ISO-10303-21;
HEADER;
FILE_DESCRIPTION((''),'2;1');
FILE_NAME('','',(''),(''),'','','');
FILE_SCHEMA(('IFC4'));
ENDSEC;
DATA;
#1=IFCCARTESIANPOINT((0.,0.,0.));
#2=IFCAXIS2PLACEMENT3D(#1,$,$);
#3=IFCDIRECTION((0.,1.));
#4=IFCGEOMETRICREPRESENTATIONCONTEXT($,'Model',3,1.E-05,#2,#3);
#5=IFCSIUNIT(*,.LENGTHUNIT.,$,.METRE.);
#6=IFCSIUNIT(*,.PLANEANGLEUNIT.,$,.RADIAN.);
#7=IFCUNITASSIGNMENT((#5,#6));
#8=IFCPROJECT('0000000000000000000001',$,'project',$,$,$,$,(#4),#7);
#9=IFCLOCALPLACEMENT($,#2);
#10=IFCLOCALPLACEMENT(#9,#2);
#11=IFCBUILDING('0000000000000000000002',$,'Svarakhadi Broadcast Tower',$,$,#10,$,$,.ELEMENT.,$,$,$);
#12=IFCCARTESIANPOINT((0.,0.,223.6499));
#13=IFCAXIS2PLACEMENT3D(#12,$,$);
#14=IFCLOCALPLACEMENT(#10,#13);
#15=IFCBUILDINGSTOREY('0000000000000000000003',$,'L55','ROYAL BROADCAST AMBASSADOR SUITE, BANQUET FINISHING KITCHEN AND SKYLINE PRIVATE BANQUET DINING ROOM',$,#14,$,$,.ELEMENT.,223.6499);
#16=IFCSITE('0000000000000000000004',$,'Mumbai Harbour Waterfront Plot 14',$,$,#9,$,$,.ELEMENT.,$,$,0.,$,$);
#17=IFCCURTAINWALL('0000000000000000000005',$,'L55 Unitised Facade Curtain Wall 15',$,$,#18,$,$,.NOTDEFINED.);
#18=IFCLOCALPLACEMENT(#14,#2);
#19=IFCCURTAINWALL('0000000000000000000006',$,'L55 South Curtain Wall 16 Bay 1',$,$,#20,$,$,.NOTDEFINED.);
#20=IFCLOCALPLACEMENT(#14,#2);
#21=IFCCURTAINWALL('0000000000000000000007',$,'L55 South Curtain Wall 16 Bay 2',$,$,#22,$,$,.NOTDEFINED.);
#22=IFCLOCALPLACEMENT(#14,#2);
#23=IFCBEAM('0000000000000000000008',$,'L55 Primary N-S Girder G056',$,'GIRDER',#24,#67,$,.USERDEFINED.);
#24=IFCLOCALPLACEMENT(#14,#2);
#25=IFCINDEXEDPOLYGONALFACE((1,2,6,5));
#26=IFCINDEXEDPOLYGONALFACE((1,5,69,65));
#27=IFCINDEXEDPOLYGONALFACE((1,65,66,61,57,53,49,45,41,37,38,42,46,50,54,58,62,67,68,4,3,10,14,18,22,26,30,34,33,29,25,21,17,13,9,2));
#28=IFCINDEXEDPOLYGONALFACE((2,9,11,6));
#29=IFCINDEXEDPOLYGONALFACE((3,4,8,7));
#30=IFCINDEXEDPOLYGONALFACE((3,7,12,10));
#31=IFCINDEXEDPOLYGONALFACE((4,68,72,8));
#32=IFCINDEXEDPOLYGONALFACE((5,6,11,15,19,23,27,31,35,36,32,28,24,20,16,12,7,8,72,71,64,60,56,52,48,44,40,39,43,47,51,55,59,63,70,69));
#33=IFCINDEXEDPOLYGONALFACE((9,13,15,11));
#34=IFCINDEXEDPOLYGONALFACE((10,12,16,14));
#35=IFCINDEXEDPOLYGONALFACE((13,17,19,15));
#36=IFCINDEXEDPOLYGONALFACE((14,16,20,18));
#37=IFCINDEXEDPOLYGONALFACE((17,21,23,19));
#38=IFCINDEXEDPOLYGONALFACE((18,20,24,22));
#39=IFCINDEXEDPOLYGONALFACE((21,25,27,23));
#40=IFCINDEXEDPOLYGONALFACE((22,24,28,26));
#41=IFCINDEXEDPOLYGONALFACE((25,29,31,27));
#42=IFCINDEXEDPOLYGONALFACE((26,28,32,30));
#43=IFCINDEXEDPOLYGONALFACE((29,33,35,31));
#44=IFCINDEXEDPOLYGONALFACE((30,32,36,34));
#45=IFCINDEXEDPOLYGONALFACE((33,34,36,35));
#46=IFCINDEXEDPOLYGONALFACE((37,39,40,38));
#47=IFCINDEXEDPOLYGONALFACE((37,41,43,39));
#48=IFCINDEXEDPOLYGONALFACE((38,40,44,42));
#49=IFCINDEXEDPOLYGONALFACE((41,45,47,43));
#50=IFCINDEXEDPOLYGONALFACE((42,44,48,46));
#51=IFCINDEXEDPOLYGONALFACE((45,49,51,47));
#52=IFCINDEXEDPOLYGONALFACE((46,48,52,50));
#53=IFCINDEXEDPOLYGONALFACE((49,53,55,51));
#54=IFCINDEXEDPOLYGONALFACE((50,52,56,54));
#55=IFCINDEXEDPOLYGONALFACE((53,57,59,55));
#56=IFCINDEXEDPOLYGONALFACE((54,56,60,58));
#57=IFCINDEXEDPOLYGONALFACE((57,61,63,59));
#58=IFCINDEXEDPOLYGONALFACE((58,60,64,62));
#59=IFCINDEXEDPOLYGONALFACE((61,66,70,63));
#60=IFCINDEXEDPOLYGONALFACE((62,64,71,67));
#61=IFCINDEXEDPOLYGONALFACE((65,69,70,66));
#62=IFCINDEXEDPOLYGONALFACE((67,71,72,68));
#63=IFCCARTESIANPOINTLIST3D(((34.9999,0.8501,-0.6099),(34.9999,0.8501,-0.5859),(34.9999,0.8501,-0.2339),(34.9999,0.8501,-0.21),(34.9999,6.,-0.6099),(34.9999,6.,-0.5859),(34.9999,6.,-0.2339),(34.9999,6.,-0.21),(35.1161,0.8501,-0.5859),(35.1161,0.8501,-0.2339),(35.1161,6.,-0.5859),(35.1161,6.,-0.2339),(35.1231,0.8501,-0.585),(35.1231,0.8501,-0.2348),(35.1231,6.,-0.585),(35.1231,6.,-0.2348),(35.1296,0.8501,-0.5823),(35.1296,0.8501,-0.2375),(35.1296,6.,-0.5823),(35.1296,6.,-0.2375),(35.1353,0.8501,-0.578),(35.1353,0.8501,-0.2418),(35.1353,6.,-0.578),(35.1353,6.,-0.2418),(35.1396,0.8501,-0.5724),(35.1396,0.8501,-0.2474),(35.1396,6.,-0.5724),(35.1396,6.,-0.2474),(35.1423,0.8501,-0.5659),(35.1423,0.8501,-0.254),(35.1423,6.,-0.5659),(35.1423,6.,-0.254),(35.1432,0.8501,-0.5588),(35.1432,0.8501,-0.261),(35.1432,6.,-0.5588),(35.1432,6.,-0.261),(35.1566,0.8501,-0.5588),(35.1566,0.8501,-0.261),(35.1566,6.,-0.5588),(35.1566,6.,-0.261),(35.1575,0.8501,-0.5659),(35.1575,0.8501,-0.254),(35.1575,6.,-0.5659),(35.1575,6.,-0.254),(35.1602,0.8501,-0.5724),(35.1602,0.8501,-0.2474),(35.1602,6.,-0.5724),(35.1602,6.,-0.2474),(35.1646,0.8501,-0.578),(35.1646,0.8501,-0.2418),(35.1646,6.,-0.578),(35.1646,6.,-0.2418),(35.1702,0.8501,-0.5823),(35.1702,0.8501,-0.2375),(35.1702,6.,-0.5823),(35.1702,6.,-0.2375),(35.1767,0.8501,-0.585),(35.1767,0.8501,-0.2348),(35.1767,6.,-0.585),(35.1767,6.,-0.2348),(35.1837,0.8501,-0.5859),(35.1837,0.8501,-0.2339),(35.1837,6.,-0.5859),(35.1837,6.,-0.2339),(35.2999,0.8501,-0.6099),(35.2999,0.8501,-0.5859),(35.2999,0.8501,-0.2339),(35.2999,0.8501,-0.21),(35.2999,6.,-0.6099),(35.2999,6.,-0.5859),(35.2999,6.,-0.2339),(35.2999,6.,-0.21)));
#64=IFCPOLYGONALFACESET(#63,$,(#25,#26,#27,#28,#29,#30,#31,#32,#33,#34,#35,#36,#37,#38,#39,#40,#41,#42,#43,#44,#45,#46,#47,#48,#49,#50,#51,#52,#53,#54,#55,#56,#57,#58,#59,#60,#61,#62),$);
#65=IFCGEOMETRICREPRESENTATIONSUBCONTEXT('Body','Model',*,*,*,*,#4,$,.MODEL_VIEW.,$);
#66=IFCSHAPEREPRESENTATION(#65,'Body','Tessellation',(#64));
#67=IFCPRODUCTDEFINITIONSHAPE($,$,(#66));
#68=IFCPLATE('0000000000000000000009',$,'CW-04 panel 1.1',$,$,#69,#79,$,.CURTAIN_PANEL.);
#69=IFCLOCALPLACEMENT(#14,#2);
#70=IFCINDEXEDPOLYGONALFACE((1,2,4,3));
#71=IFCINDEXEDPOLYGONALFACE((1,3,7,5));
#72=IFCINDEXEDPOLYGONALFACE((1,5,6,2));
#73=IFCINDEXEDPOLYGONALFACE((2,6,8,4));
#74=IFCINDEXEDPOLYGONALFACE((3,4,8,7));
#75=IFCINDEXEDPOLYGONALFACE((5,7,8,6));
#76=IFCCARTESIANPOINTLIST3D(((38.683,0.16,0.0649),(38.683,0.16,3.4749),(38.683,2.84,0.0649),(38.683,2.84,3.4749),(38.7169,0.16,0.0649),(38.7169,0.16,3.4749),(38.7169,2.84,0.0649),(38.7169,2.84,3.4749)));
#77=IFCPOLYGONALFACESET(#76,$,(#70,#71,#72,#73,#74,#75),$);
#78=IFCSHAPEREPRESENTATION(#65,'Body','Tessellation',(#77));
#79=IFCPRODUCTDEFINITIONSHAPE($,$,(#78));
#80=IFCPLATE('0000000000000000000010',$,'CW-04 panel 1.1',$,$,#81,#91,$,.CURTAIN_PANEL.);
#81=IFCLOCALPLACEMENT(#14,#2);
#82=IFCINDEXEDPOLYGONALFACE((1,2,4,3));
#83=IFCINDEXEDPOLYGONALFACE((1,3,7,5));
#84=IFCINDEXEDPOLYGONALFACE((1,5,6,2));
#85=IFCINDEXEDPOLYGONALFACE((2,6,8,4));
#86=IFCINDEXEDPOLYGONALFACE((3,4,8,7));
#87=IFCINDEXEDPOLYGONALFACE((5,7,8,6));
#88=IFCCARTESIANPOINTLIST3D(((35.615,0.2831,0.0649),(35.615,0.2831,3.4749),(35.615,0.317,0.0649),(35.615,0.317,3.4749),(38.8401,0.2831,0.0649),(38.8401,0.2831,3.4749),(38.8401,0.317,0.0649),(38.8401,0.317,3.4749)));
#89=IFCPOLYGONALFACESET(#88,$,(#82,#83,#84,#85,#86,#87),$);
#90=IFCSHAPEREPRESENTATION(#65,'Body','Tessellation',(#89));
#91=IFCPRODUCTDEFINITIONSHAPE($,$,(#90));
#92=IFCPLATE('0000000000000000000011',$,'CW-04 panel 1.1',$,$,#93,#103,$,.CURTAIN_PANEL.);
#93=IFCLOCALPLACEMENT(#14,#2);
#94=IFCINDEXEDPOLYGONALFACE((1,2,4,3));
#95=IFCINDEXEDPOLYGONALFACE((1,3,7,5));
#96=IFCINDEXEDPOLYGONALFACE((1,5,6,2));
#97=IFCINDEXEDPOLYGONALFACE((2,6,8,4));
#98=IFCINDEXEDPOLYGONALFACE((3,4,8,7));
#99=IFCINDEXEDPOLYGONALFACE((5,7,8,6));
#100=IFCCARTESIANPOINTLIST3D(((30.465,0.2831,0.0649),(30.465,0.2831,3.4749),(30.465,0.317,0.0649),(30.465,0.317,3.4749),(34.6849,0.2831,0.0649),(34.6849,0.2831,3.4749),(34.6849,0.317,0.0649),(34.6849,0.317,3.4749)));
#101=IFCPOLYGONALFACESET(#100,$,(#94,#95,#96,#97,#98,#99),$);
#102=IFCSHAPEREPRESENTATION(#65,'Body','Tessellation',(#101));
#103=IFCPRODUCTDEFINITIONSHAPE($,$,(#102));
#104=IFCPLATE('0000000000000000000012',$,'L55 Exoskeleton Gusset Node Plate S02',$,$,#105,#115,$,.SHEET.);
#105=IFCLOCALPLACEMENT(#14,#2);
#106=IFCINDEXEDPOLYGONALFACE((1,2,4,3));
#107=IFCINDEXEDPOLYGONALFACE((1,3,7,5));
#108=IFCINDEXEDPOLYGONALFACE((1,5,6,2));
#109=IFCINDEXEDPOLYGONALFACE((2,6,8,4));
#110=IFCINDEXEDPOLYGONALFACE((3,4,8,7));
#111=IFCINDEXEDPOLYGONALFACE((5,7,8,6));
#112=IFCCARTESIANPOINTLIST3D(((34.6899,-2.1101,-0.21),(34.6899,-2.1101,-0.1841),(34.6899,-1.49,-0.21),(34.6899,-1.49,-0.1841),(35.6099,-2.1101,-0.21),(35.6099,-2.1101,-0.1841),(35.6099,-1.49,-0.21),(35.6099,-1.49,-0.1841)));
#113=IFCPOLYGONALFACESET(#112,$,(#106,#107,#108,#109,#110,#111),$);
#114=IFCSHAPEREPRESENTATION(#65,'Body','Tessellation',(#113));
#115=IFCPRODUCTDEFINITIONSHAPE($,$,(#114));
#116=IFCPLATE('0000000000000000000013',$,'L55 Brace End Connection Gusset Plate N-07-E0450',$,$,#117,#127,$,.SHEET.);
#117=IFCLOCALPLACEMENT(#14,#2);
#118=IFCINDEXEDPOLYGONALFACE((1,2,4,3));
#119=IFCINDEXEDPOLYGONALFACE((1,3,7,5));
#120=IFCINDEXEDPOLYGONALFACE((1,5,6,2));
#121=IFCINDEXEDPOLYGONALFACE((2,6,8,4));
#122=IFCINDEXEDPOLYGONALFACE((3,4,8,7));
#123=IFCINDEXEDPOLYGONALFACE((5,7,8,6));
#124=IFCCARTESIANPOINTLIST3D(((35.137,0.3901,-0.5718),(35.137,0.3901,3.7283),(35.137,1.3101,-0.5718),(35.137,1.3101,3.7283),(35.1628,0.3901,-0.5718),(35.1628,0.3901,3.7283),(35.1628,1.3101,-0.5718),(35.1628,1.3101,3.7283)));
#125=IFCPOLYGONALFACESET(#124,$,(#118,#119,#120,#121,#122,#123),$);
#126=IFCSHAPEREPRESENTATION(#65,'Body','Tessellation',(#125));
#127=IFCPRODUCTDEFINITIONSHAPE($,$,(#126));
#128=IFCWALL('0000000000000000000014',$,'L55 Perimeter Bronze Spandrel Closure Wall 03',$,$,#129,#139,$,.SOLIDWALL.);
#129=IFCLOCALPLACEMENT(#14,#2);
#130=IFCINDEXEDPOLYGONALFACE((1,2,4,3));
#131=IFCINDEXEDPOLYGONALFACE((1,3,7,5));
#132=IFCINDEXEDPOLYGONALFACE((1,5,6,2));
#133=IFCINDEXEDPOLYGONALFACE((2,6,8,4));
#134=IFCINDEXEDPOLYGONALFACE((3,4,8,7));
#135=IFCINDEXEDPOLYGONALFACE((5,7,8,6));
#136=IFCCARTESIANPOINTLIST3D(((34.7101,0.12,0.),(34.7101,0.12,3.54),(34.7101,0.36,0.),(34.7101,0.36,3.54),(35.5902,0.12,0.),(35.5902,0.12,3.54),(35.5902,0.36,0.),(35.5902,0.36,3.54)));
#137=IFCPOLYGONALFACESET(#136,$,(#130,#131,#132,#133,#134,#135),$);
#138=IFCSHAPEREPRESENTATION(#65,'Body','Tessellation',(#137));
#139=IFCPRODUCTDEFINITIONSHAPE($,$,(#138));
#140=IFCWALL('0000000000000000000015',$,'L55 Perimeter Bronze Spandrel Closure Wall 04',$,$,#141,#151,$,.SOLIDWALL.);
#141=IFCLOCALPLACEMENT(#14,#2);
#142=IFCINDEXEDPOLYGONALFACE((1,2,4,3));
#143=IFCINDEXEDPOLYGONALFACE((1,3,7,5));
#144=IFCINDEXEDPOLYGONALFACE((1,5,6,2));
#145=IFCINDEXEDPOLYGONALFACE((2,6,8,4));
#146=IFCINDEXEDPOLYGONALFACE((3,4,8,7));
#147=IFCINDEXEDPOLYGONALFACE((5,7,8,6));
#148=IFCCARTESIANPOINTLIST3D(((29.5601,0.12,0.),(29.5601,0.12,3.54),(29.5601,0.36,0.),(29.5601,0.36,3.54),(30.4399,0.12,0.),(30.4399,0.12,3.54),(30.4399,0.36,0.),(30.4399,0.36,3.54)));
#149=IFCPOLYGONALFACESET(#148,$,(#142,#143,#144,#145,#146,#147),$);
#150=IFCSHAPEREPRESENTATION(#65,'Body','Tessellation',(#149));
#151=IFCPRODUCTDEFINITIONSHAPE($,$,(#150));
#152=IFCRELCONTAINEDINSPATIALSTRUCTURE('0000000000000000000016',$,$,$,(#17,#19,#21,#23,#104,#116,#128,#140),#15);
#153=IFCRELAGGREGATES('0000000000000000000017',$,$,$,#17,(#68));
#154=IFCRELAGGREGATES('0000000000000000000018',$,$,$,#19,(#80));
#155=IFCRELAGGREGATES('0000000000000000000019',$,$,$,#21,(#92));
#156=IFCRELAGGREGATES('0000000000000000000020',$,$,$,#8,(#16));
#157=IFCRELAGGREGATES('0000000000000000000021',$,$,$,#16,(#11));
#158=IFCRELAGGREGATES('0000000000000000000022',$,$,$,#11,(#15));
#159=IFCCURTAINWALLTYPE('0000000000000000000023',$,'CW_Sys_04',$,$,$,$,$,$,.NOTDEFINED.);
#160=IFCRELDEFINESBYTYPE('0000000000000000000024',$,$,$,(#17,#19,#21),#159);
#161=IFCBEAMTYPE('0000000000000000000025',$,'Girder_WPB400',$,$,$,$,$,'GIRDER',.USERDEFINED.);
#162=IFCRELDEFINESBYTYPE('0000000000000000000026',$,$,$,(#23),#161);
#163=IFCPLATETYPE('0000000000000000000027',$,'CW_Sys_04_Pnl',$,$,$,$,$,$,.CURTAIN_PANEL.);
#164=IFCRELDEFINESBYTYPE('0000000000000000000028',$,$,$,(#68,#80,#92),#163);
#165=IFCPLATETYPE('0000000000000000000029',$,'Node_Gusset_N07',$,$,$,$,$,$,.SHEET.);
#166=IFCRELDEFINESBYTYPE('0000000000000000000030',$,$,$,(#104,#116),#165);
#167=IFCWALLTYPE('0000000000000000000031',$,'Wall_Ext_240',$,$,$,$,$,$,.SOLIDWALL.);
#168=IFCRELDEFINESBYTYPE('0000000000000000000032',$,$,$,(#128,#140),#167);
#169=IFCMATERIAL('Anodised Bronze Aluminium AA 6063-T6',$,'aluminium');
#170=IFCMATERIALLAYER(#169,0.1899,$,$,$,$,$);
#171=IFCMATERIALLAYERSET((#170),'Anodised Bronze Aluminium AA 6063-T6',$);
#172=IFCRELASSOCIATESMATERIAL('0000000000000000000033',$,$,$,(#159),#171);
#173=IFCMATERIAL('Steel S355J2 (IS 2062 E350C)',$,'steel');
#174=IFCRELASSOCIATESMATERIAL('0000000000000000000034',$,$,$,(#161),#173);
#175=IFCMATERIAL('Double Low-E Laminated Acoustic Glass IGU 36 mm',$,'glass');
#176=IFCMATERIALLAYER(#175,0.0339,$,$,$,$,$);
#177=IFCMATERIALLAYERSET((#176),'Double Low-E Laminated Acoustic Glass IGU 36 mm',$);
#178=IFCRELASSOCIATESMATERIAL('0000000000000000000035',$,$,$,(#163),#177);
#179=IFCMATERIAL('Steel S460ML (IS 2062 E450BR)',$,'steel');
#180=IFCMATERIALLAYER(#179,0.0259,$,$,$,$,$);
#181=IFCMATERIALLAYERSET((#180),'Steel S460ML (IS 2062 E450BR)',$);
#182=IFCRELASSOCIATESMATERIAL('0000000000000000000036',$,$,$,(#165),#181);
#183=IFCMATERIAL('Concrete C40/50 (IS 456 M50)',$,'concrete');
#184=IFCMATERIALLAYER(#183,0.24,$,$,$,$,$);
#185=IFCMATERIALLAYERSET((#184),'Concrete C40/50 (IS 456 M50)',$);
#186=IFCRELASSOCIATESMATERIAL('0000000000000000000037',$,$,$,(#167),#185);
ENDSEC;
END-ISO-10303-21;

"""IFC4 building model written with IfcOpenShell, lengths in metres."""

from ifc_helpers import new_model, si_unit, direction, frame, frame_2d, origin, origin_2d, place, context, subcontext, project, spatial, rectangle, i_section, extrude, material, layer, layer_set, material_profile, profile_set, type_object, element, aggregate, save


model = new_model("IFC4")

# Units and contexts
model_context = context("Model", 3, precision=1e-05, world=origin(), true_north=direction((0.0, 1.0)))
body_context = subcontext(model_context, "Body", "Model", "MODEL_VIEW")
ifc_project = project(units=[si_unit("LENGTHUNIT", "METRE"), si_unit("PLANEANGLEUNIT", "RADIAN")], contexts=[model_context])

# Site, building, storey
site_placement = place(None, origin())
site = spatial("IfcSite", under=ifc_project, at=site_placement, Name="Mumbai Harbour Waterfront Plot 14", CompositionType="ELEMENT", RefElevation=0.0)
building_placement = place(site_placement, origin())
building = spatial("IfcBuilding", under=site, at=building_placement, Name="Svarakhadi Broadcast Tower", CompositionType="ELEMENT")
storey_placement = place(building_placement, frame((0.0, 0.0, 223.6499)))
storey = spatial("IfcBuildingStorey", under=building, at=storey_placement, Name="L55", Description="ROYAL BROADCAST AMBASSADOR SUITE, BANQUET FINISHING KITCHEN AND SKYLINE PRIVATE BANQUET DINING ROOM", CompositionType="ELEMENT", Elevation=223.6499)

# Shared definitions
ifc_material_1 = material(Name="Anodised Bronze Aluminium AA 6063-T6", Category="aluminium")
ifc_layer_1 = layer(ifc_material_1, 0.1899)
ifc_layer_set_1 = layer_set([ifc_layer_1], Name="Anodised Bronze Aluminium AA 6063-T6")
curtain_wall_type = type_object("IfcCurtainWallType", Name="CW_Sys_04", PredefinedType="NOTDEFINED", material=ifc_layer_set_1)

# Curtain walls
curtain_wall_1_placement = place(storey_placement, origin())
curtain_wall_1 = element("IfcCurtainWall", 1, at=curtain_wall_1_placement, inside=storey, type_object=curtain_wall_type, Name="L55 Unitised Facade Curtain Wall 15", PredefinedType="NOTDEFINED")
curtain_wall_2_placement = place(storey_placement, origin())
curtain_wall_2 = element("IfcCurtainWall", 2, at=curtain_wall_2_placement, inside=storey, type_object=curtain_wall_type, Name="L55 South Curtain Wall 16 Bay 1", PredefinedType="NOTDEFINED")
curtain_wall_3_placement = place(storey_placement, origin())
curtain_wall_3 = element("IfcCurtainWall", 3, at=curtain_wall_3_placement, inside=storey, type_object=curtain_wall_type, Name="L55 South Curtain Wall 16 Bay 2", PredefinedType="NOTDEFINED")

# Shared definitions
ifc_material_2 = material(Name="Steel S460ML (IS 2062 E450BR)", Category="steel")

# Beam
ifc_material_3 = material(Name="Steel S355J2 (IS 2062 E350C)", Category="steel")
ifc_material_profile_1 = material_profile(ifc_material_3, i_section(OverallWidth=0.3, OverallDepth=0.3999, WebThickness=0.0134, FlangeThickness=0.0239, FilletRadius=0.0271, at=origin_2d()), Name="WPB 400x300x155")
ifc_profile_set_1 = profile_set([ifc_material_profile_1], Name="Steel S355J2 (IS 2062 E350C)")
beam_type = type_object("IfcBeamType", Name="Girder_WPB400", ElementType="GIRDER", PredefinedType="USERDEFINED", material=ifc_profile_set_1)
beam_placement = place(storey_placement, frame((35.1499, 0.8501, -0.4099), z_axis=(0.0, 1.0, 0.0), x_axis=(-1.0, 0.0, 0.0)))
element("IfcBeam", 4, at=beam_placement, inside=storey, type_object=beam_type, Name="L55 Primary N-S Girder G056", ObjectType="GIRDER", PredefinedType="USERDEFINED", context=body_context, shape_type="SweptSolid", body=[
    extrude(i_section(OverallWidth=0.3, OverallDepth=0.3999, WebThickness=0.0134, FlangeThickness=0.0239, FilletRadius=0.0271, at=origin_2d()), origin(), (0.0, 0.0, 1.0), 5.1499),
])

# Plates
ifc_material_4 = material(Name="Double Low-E Laminated Acoustic Glass IGU 36 mm", Category="glass")
ifc_layer_2 = layer(ifc_material_4, 0.0339)
ifc_layer_set_2 = layer_set([ifc_layer_2], Name="Double Low-E Laminated Acoustic Glass IGU 36 mm")
plate_type_1 = type_object("IfcPlateType", Name="CW_Sys_04_Pnl", PredefinedType="CURTAIN_PANEL", material=ifc_layer_set_2)
plate_1_placement = place(storey_placement, frame((38.7, 1.5, 0.0649), z_axis=(0.0, 0.0, 1.0), x_axis=(0.0, -1.0, 0.0)))
plate_1 = element("IfcPlate", 5, at=plate_1_placement, type_object=plate_type_1, Name="CW-04 panel 1.1", PredefinedType="CURTAIN_PANEL", context=body_context, shape_type="SweptSolid", body=[
    extrude(rectangle(XDim=2.6799, YDim=0.0339, at=origin_2d()), origin(), (0.0, 0.0, 1.0), 3.4099),
])
aggregate(curtain_wall_1, [plate_1])
plate_2_placement = place(storey_placement, frame((37.2275, 0.3, 0.0649), z_axis=(0.0, 0.0, 1.0), x_axis=(-1.0, 0.0, 0.0)))
plate_2 = element("IfcPlate", 6, at=plate_2_placement, type_object=plate_type_1, Name="CW-04 panel 1.1", PredefinedType="CURTAIN_PANEL", context=body_context, shape_type="SweptSolid", body=[
    extrude(rectangle(XDim=3.2251, YDim=0.0339, at=origin_2d()), origin(), (0.0, 0.0, 1.0), 3.4099),
])
aggregate(curtain_wall_2, [plate_2])
plate_3_placement = place(storey_placement, frame((32.575, 0.3, 0.0649), z_axis=(0.0, 0.0, 1.0), x_axis=(-1.0, 0.0, 0.0)))
plate_3 = element("IfcPlate", 7, at=plate_3_placement, type_object=plate_type_1, Name="CW-04 panel 1.1", PredefinedType="CURTAIN_PANEL", context=body_context, shape_type="SweptSolid", body=[
    extrude(rectangle(XDim=4.22, YDim=0.0339, at=origin_2d()), origin(), (0.0, 0.0, 1.0), 3.4099),
])
aggregate(curtain_wall_3, [plate_3])

# Plates
ifc_layer_3 = layer(ifc_material_2, 0.0259)
ifc_layer_set_3 = layer_set([ifc_layer_3], Name="Steel S460ML (IS 2062 E450BR)")
plate_type_2 = type_object("IfcPlateType", Name="Node_Gusset_N07", PredefinedType="SHEET", material=ifc_layer_set_3)
plate_4_placement = place(storey_placement, frame((35.1499, -1.8, -0.21), z_axis=(0.0, 0.0, 1.0), x_axis=(1.0, 0.0, 0.0)))
element("IfcPlate", 8, at=plate_4_placement, inside=storey, type_object=plate_type_2, Name="L55 Exoskeleton Gusset Node Plate S02", PredefinedType="SHEET", context=body_context, shape_type="SweptSolid", body=[
    extrude(rectangle(XDim=0.9199, YDim=0.6201, at=origin_2d()), origin(), (0.0, 0.0, 1.0), 0.0259),
])
plate_5_placement = place(storey_placement, frame((35.1499, 0.8501, -0.5718), z_axis=(0.0, 0.0, 1.0), x_axis=(0.0, 1.0, 0.0)))
element("IfcPlate", 9, at=plate_5_placement, inside=storey, type_object=plate_type_2, Name="L55 Brace End Connection Gusset Plate N-07-E0450", PredefinedType="SHEET", context=body_context, shape_type="SweptSolid", body=[
    extrude(rectangle(XDim=0.9199, YDim=0.0259, at=origin_2d()), origin(), (0.0, 0.0, 1.0), 4.3),
])

# Walls
ifc_material_5 = material(Name="Concrete C40/50 (IS 456 M50)", Category="concrete")
ifc_layer_4 = layer(ifc_material_5, 0.24)
ifc_layer_set_4 = layer_set([ifc_layer_4], Name="Concrete C40/50 (IS 456 M50)")
wall_type = type_object("IfcWallType", Name="Wall_Ext_240", PredefinedType="SOLIDWALL", material=ifc_layer_set_4)
wall_1_placement = place(storey_placement, frame((35.5901, 0.24, 0.0), z_axis=(0.0, 0.0, 1.0), x_axis=(-1.0, 0.0, 0.0)))
element("IfcWall", 10, at=wall_1_placement, inside=storey, type_object=wall_type, Name="L55 Perimeter Bronze Spandrel Closure Wall 03", PredefinedType="SOLIDWALL", context=body_context, shape_type="SweptSolid", body=[
    extrude(rectangle(XDim=0.8801, YDim=0.24, at=frame_2d((0.4399, 0.0))), origin(), (0.0, 0.0, 1.0), 3.54),
])
wall_2_placement = place(storey_placement, frame((30.4399, 0.24, 0.0), z_axis=(0.0, 0.0, 1.0), x_axis=(-1.0, 0.0, 0.0)))
element("IfcWall", 11, at=wall_2_placement, inside=storey, type_object=wall_type, Name="L55 Perimeter Bronze Spandrel Closure Wall 04", PredefinedType="SOLIDWALL", context=body_context, shape_type="SweptSolid", body=[
    extrude(rectangle(XDim=0.8799, YDim=0.24, at=frame_2d((0.4399, 0.0))), origin(), (0.0, 0.0, 1.0), 3.54),
])

save(model, "model.ifc")
